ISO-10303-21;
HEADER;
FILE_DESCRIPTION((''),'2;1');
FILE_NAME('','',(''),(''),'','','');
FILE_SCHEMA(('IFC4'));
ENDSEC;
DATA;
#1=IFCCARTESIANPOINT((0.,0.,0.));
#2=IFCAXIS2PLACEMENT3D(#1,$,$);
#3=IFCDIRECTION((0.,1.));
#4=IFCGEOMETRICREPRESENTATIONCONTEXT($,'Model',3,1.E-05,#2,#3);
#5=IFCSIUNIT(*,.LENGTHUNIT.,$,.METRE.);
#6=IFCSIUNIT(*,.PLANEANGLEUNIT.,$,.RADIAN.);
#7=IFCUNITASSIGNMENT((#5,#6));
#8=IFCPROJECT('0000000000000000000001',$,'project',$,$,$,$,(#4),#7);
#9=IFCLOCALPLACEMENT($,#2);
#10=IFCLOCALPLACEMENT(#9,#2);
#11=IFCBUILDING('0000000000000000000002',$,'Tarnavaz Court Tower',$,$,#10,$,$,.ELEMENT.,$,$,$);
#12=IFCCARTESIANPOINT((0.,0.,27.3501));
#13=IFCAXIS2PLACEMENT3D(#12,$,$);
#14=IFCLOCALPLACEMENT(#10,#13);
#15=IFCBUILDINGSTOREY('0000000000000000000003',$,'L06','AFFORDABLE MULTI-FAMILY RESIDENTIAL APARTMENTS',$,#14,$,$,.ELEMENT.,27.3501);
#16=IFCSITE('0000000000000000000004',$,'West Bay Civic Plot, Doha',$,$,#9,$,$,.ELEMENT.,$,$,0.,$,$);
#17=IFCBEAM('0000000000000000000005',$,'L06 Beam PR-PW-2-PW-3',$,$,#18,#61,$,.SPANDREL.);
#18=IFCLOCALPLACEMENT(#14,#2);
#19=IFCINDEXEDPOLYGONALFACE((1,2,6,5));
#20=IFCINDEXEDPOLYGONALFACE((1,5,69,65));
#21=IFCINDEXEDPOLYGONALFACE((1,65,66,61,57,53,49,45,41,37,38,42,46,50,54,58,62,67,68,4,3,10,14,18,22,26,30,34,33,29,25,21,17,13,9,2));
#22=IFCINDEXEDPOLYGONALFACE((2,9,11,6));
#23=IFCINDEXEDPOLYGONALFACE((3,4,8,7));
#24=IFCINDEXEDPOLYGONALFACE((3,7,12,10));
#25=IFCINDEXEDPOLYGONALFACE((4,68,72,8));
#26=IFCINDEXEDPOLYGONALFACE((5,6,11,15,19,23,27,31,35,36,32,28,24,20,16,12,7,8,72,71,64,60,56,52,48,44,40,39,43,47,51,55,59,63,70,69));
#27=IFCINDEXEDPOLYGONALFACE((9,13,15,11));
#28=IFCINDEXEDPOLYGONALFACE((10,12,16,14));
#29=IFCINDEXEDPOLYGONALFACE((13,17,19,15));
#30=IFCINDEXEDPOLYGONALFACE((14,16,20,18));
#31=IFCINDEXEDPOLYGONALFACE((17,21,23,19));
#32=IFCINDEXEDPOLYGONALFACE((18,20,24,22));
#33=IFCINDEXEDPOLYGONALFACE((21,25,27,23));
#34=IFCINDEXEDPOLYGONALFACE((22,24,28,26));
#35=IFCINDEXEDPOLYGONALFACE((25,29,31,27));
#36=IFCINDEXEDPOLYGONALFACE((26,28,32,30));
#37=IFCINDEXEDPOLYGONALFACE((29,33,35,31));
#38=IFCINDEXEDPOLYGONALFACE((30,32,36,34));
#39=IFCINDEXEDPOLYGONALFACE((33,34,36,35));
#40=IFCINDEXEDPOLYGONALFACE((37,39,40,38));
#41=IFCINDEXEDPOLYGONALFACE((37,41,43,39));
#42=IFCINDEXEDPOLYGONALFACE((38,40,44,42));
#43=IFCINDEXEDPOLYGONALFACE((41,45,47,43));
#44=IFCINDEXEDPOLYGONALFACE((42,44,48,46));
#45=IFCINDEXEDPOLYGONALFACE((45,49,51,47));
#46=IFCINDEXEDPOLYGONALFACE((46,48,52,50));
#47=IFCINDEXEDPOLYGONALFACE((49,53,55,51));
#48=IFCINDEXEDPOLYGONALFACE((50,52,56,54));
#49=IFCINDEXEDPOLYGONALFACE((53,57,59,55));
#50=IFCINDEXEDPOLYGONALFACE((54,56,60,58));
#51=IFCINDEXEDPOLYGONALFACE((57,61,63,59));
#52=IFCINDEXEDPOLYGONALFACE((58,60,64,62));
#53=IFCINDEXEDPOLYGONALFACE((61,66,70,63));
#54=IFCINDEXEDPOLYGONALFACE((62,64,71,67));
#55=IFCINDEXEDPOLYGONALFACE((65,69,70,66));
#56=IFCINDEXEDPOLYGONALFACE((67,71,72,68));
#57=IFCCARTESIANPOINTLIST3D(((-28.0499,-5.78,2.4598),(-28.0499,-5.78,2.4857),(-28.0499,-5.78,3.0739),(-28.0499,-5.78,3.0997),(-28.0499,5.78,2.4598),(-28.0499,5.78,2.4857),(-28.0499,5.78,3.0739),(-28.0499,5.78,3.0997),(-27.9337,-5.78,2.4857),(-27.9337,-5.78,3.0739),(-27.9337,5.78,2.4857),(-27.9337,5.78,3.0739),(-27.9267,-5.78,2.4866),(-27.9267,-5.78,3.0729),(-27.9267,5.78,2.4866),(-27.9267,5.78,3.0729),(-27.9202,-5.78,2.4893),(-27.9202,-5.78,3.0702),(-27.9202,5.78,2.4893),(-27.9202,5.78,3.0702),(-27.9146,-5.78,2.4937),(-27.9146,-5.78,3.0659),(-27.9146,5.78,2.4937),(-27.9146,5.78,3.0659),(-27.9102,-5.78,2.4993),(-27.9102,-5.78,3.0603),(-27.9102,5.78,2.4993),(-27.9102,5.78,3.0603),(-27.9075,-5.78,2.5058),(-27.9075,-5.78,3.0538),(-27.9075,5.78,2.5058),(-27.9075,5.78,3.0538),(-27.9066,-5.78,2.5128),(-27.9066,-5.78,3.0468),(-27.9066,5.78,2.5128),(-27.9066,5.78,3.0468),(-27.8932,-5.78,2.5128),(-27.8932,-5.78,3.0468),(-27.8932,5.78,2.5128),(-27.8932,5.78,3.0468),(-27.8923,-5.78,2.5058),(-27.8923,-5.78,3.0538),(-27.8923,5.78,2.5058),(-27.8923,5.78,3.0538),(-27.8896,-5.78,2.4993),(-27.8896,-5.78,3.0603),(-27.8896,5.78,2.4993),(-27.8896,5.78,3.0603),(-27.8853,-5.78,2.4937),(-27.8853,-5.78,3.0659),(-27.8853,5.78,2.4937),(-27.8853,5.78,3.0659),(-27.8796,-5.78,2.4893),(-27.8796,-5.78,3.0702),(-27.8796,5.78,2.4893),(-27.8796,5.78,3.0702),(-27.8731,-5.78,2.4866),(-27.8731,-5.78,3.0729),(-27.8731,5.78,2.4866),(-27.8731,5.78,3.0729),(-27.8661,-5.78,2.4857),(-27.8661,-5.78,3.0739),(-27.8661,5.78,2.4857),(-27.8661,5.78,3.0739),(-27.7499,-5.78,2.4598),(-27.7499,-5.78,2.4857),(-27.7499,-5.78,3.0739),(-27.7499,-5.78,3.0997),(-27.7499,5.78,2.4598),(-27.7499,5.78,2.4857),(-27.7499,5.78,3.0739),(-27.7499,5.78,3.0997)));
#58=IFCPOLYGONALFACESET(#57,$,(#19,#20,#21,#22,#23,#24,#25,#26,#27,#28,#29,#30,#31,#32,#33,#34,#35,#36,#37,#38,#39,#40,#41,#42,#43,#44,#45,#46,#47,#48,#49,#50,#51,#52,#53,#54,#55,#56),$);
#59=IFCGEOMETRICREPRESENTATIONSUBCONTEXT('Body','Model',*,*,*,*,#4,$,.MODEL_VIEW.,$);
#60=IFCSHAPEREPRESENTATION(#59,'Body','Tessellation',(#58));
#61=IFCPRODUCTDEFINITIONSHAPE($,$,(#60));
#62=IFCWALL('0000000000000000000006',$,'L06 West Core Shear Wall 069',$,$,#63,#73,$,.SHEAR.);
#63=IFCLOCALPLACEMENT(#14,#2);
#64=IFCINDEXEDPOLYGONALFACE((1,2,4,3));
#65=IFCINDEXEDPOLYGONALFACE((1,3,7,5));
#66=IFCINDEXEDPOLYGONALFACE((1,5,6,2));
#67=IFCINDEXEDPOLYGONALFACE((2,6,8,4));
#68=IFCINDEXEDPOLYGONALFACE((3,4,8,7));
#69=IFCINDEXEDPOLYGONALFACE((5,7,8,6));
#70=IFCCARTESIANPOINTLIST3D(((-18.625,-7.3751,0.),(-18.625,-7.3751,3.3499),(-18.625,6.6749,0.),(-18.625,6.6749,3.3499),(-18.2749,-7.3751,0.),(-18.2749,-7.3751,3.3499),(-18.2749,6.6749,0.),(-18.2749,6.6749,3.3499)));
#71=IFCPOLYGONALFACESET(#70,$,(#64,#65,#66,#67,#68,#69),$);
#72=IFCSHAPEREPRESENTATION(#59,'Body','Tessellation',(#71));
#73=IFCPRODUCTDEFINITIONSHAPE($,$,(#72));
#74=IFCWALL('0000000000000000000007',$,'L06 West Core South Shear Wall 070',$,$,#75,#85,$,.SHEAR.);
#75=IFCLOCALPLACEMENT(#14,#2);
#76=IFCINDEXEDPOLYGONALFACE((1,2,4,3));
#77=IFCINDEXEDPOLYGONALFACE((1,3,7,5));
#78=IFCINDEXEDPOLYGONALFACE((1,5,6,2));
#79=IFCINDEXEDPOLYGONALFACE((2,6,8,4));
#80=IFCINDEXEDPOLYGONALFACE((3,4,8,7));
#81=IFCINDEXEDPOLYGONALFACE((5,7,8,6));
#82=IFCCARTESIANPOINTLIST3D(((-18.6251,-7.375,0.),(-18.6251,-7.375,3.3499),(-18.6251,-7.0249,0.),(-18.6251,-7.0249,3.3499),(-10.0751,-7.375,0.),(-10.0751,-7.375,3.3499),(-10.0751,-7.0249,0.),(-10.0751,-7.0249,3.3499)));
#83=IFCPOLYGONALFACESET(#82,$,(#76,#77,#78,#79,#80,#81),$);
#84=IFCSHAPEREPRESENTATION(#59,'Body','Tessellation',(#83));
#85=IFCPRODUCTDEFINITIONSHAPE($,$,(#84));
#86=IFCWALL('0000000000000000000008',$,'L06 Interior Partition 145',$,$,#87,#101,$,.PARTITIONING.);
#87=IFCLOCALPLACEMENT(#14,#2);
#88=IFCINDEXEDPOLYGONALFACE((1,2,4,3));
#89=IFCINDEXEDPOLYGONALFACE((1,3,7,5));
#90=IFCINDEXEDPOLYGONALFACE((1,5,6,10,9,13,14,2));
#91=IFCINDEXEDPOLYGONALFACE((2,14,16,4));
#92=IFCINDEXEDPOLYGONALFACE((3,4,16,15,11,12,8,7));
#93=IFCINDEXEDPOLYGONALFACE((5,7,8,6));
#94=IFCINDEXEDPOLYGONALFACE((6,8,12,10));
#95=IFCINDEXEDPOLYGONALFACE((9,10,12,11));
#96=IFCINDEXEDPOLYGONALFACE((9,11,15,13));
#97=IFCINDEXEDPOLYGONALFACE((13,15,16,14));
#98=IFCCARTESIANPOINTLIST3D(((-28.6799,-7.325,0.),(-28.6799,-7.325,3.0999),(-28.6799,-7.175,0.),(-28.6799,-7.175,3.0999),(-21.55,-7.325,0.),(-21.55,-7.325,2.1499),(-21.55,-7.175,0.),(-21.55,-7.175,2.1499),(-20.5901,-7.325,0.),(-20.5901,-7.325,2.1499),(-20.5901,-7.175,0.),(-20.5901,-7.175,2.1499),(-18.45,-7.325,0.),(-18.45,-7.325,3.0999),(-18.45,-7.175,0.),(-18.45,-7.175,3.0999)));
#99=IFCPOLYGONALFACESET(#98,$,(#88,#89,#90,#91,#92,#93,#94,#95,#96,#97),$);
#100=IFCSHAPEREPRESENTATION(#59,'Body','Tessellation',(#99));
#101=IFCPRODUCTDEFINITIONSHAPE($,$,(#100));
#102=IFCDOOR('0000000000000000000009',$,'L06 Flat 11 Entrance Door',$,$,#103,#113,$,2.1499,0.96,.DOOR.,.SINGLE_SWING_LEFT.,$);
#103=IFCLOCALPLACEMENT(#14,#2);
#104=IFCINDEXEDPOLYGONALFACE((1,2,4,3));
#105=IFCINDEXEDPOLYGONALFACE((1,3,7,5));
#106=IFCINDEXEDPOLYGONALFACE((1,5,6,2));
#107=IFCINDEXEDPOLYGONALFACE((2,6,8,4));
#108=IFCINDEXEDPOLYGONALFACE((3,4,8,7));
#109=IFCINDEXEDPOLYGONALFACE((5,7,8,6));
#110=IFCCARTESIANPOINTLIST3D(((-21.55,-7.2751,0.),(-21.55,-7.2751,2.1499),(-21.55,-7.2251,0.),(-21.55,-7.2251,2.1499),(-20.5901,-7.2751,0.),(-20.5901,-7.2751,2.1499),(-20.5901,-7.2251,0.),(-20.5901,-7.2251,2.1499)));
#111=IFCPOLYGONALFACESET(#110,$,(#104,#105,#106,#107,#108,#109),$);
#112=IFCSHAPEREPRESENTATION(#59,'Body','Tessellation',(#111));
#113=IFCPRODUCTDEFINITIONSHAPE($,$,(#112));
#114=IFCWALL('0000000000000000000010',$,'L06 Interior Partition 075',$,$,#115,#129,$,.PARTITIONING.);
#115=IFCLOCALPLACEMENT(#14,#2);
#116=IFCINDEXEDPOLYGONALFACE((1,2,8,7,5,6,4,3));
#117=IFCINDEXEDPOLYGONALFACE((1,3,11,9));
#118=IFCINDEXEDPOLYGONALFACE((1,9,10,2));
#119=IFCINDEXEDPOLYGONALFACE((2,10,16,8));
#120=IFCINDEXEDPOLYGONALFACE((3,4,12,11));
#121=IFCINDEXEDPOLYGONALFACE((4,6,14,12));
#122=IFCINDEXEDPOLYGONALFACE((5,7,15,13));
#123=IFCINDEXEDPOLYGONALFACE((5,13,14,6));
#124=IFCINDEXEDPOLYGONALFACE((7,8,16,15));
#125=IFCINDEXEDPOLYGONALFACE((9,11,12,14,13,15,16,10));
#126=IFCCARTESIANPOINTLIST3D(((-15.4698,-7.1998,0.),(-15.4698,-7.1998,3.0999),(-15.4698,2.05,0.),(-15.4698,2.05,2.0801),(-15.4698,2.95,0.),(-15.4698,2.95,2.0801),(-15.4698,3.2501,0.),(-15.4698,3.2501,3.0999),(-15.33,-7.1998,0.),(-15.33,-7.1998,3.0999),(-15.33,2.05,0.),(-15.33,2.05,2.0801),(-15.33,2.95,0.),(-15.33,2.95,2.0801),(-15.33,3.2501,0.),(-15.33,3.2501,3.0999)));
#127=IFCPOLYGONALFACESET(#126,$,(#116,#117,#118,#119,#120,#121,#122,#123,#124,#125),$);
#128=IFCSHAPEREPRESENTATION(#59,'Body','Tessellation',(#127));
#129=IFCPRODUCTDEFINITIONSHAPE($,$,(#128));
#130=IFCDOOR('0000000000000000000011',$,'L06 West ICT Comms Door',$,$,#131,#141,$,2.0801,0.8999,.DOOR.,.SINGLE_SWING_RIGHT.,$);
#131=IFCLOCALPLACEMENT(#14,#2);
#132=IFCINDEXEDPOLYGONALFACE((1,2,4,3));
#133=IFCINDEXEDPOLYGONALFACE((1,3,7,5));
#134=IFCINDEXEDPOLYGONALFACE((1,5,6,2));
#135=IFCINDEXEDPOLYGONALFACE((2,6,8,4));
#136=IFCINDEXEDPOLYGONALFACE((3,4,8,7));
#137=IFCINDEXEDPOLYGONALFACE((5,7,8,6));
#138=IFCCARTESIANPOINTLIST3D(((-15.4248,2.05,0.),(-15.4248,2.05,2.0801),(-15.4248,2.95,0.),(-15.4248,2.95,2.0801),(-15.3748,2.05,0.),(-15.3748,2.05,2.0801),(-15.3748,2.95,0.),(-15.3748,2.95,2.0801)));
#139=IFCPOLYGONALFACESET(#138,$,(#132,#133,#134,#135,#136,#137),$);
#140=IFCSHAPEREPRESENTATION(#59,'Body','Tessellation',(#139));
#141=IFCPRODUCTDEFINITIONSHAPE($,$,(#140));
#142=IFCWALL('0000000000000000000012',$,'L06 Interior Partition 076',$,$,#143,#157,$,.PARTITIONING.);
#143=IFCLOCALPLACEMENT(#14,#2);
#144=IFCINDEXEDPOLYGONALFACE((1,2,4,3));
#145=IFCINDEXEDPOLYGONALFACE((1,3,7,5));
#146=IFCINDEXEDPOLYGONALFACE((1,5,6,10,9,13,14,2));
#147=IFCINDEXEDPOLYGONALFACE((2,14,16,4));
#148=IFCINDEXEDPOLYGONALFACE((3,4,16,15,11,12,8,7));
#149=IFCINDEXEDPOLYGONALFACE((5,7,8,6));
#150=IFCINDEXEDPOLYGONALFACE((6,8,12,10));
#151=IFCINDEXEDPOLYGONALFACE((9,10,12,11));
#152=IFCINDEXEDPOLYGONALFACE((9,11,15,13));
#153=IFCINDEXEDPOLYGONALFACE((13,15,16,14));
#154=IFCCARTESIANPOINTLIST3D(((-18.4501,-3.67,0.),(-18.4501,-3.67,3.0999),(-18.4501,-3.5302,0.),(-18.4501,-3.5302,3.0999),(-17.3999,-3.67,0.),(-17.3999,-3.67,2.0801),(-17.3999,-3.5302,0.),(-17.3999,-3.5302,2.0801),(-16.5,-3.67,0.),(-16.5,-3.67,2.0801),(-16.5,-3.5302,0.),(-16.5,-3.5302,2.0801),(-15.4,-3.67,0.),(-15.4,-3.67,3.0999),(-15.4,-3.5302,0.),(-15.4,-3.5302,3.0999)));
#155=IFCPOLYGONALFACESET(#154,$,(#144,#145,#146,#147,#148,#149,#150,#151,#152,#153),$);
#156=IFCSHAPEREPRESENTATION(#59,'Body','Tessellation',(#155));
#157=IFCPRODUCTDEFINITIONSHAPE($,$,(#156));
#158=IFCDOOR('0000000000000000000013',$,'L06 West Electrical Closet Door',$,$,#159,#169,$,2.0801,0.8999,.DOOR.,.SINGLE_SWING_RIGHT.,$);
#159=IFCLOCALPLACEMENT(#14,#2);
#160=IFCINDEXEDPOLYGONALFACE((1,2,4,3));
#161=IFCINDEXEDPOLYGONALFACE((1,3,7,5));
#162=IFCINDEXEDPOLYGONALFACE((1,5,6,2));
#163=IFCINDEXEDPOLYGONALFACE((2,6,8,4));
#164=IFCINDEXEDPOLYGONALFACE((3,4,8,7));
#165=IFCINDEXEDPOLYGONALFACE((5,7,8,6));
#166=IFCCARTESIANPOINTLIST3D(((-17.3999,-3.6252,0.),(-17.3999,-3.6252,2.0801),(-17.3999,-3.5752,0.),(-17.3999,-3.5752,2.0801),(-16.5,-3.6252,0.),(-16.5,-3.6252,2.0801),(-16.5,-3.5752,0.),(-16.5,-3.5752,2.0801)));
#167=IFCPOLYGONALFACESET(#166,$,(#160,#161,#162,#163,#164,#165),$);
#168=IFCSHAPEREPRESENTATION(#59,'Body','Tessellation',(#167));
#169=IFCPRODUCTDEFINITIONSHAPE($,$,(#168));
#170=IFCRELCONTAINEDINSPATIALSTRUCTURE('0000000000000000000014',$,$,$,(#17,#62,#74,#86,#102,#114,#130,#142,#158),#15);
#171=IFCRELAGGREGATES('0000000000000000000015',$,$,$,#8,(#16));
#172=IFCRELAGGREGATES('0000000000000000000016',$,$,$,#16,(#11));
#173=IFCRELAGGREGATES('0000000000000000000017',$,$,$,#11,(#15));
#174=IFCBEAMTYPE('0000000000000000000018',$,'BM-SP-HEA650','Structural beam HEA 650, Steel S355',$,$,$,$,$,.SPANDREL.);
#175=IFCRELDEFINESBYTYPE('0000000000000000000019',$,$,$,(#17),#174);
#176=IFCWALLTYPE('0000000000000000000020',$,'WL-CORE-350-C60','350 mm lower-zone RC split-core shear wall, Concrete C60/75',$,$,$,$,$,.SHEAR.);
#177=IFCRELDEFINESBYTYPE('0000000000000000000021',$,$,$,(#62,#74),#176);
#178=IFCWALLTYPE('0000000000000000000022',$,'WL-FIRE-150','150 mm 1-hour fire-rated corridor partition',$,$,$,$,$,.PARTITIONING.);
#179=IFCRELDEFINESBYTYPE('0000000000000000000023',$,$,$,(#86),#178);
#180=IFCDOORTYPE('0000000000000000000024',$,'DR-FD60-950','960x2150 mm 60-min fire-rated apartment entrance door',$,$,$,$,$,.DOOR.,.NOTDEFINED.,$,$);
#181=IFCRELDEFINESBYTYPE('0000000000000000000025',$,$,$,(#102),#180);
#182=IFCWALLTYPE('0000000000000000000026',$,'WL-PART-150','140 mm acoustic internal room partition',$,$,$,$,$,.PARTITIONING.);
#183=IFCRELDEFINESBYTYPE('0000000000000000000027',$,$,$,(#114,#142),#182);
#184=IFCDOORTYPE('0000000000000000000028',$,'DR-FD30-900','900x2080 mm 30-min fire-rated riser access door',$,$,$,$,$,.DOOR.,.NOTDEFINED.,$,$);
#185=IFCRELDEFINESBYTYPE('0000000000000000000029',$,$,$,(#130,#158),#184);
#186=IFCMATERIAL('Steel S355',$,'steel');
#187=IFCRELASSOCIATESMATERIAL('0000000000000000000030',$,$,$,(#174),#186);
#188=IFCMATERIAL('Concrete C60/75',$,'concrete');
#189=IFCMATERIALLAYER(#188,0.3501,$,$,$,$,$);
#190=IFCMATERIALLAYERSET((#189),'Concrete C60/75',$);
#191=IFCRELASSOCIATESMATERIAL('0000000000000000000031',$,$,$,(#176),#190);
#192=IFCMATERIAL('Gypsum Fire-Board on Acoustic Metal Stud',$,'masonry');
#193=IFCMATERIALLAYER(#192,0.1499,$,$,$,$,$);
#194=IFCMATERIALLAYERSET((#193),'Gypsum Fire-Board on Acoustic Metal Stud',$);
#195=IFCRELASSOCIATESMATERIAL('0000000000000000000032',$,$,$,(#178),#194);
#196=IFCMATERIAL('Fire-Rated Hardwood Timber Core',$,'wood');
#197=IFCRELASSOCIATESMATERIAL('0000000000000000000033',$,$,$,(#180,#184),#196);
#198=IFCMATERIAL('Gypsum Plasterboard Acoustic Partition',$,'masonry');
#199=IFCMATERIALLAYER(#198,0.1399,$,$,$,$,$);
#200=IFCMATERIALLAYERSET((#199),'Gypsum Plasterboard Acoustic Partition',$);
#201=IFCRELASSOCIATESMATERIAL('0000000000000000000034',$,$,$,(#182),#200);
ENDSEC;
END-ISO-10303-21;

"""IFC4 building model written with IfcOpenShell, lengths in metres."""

from ifc_helpers import new_model, si_unit, direction, frame, frame_2d, origin, origin_2d, place, context, subcontext, project, spatial, rectangle, i_section, extrude, material, layer, layer_set, material_profile, profile_set, type_object, element, fill, save


model = new_model("IFC4")

# Units and contexts
model_context = context("Model", 3, precision=1e-05, world=origin(), true_north=direction((0.0, 1.0)))
body_context = subcontext(model_context, "Body", "Model", "MODEL_VIEW")
ifc_project = project(units=[si_unit("LENGTHUNIT", "METRE"), si_unit("PLANEANGLEUNIT", "RADIAN")], contexts=[model_context])

# Site, building, storey
site_placement = place(None, origin())
site = spatial("IfcSite", under=ifc_project, at=site_placement, Name="West Bay Civic Plot, Doha", CompositionType="ELEMENT", RefElevation=0.0)
building_placement = place(site_placement, origin())
building = spatial("IfcBuilding", under=site, at=building_placement, Name="Tarnavaz Court Tower", CompositionType="ELEMENT")
storey_placement = place(building_placement, frame((0.0, 0.0, 27.3501)))
storey = spatial("IfcBuildingStorey", under=building, at=storey_placement, Name="L06", Description="AFFORDABLE MULTI-FAMILY RESIDENTIAL APARTMENTS", CompositionType="ELEMENT", Elevation=27.3501)

# Shared definitions
ifc_material_1 = material(Name="Concrete C60/75", Category="concrete")

# Beam
ifc_material_2 = material(Name="Steel S355", Category="steel")
ifc_material_profile_1 = material_profile(ifc_material_2, i_section(OverallWidth=0.3, OverallDepth=0.6399, WebThickness=0.0134, FlangeThickness=0.0259, FilletRadius=0.0271, at=origin_2d()), Name="HEA 650")
ifc_profile_set_1 = profile_set([ifc_material_profile_1], Name="Steel S355")
beam_type_1 = type_object("IfcBeamType", Name="BM-SP-HEA650", Description="Structural beam HEA 650, Steel S355", PredefinedType="SPANDREL", material=ifc_profile_set_1)
beam_1_placement = place(storey_placement, frame((-27.8999, -5.78, 2.7798), z_axis=(0.0, 1.0, 0.0), x_axis=(-1.0, 0.0, 0.0)))
element("IfcBeam", 1, at=beam_1_placement, inside=storey, type_object=beam_type_1, Name="L06 Beam PR-PW-2-PW-3", PredefinedType="SPANDREL", context=body_context, shape_type="SweptSolid", body=[
    extrude(i_section(OverallWidth=0.3, OverallDepth=0.6399, WebThickness=0.0134, FlangeThickness=0.0259, FilletRadius=0.0271, at=origin_2d()), origin(), (0.0, 0.0, 1.0), 11.5601),
])

# Walls
ifc_layer_1 = layer(ifc_material_1, 0.3501)
ifc_layer_set_1 = layer_set([ifc_layer_1], Name="Concrete C60/75")
wall_type_1 = type_object("IfcWallType", Name="WL-CORE-350-C60", Description="350 mm lower-zone RC split-core shear wall, Concrete C60/75", PredefinedType="SHEAR", material=ifc_layer_set_1)
wall_1_placement = place(storey_placement, frame((-18.45, -7.375, 0.0), z_axis=(0.0, 0.0, 1.0), x_axis=(0.0, 1.0, 0.0)))
element("IfcWall", 2, at=wall_1_placement, inside=storey, type_object=wall_type_1, Name="L06 West Core Shear Wall 069", PredefinedType="SHEAR", context=body_context, shape_type="SweptSolid", body=[
    extrude(rectangle(XDim=14.05, YDim=0.3501, at=frame_2d((7.0249, 0.0))), origin(), (0.0, 0.0, 1.0), 3.3499),
])
wall_2_placement = place(storey_placement, frame((-18.625, -7.2, 0.0), z_axis=(0.0, 0.0, 1.0), x_axis=(1.0, 0.0, 0.0)))
element("IfcWall", 3, at=wall_2_placement, inside=storey, type_object=wall_type_1, Name="L06 West Core South Shear Wall 070", PredefinedType="SHEAR", context=body_context, shape_type="SweptSolid", body=[
    extrude(rectangle(XDim=8.55, YDim=0.3501, at=frame_2d((4.2749, 0.0))), origin(), (0.0, 0.0, 1.0), 3.3499),
])

# Walls, openings, doors
ifc_material_3 = material(Name="Gypsum Fire-Board on Acoustic Metal Stud", Category="masonry")
ifc_layer_2 = layer(ifc_material_3, 0.1499)
ifc_layer_set_2 = layer_set([ifc_layer_2], Name="Gypsum Fire-Board on Acoustic Metal Stud")
wall_type_2 = type_object("IfcWallType", Name="WL-FIRE-150", Description="150 mm 1-hour fire-rated corridor partition", PredefinedType="PARTITIONING", material=ifc_layer_set_2)
wall_3_placement = place(storey_placement, frame((-28.6799, -7.25, 0.0), z_axis=(0.0, 0.0, 1.0), x_axis=(1.0, 0.0, 0.0)))
wall_3 = element("IfcWall", 4, at=wall_3_placement, inside=storey, type_object=wall_type_2, Name="L06 Interior Partition 145", PredefinedType="PARTITIONING", context=body_context, shape_type="SweptSolid", body=[
    extrude(rectangle(XDim=10.23, YDim=0.1499, at=frame_2d((5.115, 0.0))), origin(), (0.0, 0.0, 1.0), 3.0999),
])
opening_1_placement = place(wall_3_placement, frame((7.1299, 0.0, 0.0)))
opening_1 = element("IfcOpeningElement", 5, at=opening_1_placement, cuts=wall_3, PredefinedType="OPENING", context=body_context, shape_type="SweptSolid", body=[
    extrude(rectangle(XDim=0.96, YDim=2.1499, at=frame_2d((0.48, 1.075))), frame((0.0, 0.085, 0.0), z_axis=(0.0, -1.0, 0.0), x_axis=(1.0, 0.0, 0.0)), (0.0, 0.0, 1.0), 0.1699),
])
ifc_material_4 = material(Name="Fire-Rated Hardwood Timber Core", Category="wood")
door_type_1 = type_object("IfcDoorType", Name="DR-FD60-950", Description="960x2150 mm 60-min fire-rated apartment entrance door", OperationType="NOTDEFINED", PredefinedType="DOOR", material=ifc_material_4)
door_1_placement = place(opening_1_placement, origin())
door_1 = element("IfcDoor", 6, at=door_1_placement, inside=storey, type_object=door_type_1, Name="L06 Flat 11 Entrance Door", OperationType="SINGLE_SWING_LEFT", OverallHeight=2.1499, OverallWidth=0.96, PredefinedType="DOOR", context=body_context, shape_type="SweptSolid", body=[
    extrude(rectangle(XDim=0.96, YDim=2.1499, at=frame_2d((0.48, 1.075))), frame((0.0, 0.0249, 0.0), z_axis=(0.0, -1.0, 0.0), x_axis=(1.0, 0.0, 0.0)), (0.0, 0.0, 1.0), 0.05),
])
fill(opening_1, door_1)
ifc_material_5 = material(Name="Gypsum Plasterboard Acoustic Partition", Category="masonry")
ifc_layer_3 = layer(ifc_material_5, 0.1399)
ifc_layer_set_3 = layer_set([ifc_layer_3], Name="Gypsum Plasterboard Acoustic Partition")
wall_type_3 = type_object("IfcWallType", Name="WL-PART-150", Description="140 mm acoustic internal room partition", PredefinedType="PARTITIONING", material=ifc_layer_set_3)
wall_4_placement = place(storey_placement, frame((-15.3999, -7.2, 0.0), z_axis=(0.0, 0.0, 1.0), x_axis=(0.0, 1.0, 0.0)))
wall_4 = element("IfcWall", 7, at=wall_4_placement, inside=storey, type_object=wall_type_3, Name="L06 Interior Partition 075", PredefinedType="PARTITIONING", context=body_context, shape_type="SweptSolid", body=[
    extrude(rectangle(XDim=10.45, YDim=0.1399, at=frame_2d((5.2251, 0.0))), origin(), (0.0, 0.0, 1.0), 3.0999),
])
opening_2_placement = place(wall_4_placement, frame((9.25, 0.0, 0.0)))
opening_2 = element("IfcOpeningElement", 8, at=opening_2_placement, cuts=wall_4, PredefinedType="OPENING", context=body_context, shape_type="SweptSolid", body=[
    extrude(rectangle(XDim=0.8999, YDim=2.0801, at=frame_2d((0.45, 1.04))), frame((0.0, 0.0798, 0.0), z_axis=(0.0, -1.0, 0.0), x_axis=(1.0, 0.0, 0.0)), (0.0, 0.0, 1.0), 0.1599),
])
door_type_2 = type_object("IfcDoorType", Name="DR-FD30-900", Description="900x2080 mm 30-min fire-rated riser access door", OperationType="NOTDEFINED", PredefinedType="DOOR", material=ifc_material_4)
door_2_placement = place(opening_2_placement, origin())
door_2 = element("IfcDoor", 9, at=door_2_placement, inside=storey, type_object=door_type_2, Name="L06 West ICT Comms Door", OperationType="SINGLE_SWING_RIGHT", OverallHeight=2.0801, OverallWidth=0.8999, PredefinedType="DOOR", context=body_context, shape_type="SweptSolid", body=[
    extrude(rectangle(XDim=0.8999, YDim=2.0801, at=frame_2d((0.45, 1.04))), frame((0.0, 0.0249, 0.0), z_axis=(0.0, -1.0, 0.0), x_axis=(1.0, 0.0, 0.0)), (0.0, 0.0, 1.0), 0.05),
])
fill(opening_2, door_2)
wall_5_placement = place(storey_placement, frame((-18.45, -3.6001, 0.0), z_axis=(0.0, 0.0, 1.0), x_axis=(1.0, 0.0, 0.0)))
wall_5 = element("IfcWall", 10, at=wall_5_placement, inside=storey, type_object=wall_type_3, Name="L06 Interior Partition 076", PredefinedType="PARTITIONING", context=body_context, shape_type="SweptSolid", body=[
    extrude(rectangle(XDim=3.05, YDim=0.1399, at=frame_2d((1.5249, 0.0))), origin(), (0.0, 0.0, 1.0), 3.0999),
])
opening_3_placement = place(wall_5_placement, frame((1.05, 0.0, 0.0)))
opening_3 = element("IfcOpeningElement", 11, at=opening_3_placement, cuts=wall_5, PredefinedType="OPENING", context=body_context, shape_type="SweptSolid", body=[
    extrude(rectangle(XDim=0.8999, YDim=2.0801, at=frame_2d((0.45, 1.04))), frame((0.0, 0.0798, 0.0), z_axis=(0.0, -1.0, 0.0), x_axis=(1.0, 0.0, 0.0)), (0.0, 0.0, 1.0), 0.1599),
])
door_3_placement = place(opening_3_placement, origin())
door_3 = element("IfcDoor", 12, at=door_3_placement, inside=storey, type_object=door_type_2, Name="L06 West Electrical Closet Door", OperationType="SINGLE_SWING_RIGHT", OverallHeight=2.0801, OverallWidth=0.8999, PredefinedType="DOOR", context=body_context, shape_type="SweptSolid", body=[
    extrude(rectangle(XDim=0.8999, YDim=2.0801, at=frame_2d((0.45, 1.04))), frame((0.0, 0.0249, 0.0), z_axis=(0.0, -1.0, 0.0), x_axis=(1.0, 0.0, 0.0)), (0.0, 0.0, 1.0), 0.05),
])
fill(opening_3, door_3)

save(model, "model.ifc")
